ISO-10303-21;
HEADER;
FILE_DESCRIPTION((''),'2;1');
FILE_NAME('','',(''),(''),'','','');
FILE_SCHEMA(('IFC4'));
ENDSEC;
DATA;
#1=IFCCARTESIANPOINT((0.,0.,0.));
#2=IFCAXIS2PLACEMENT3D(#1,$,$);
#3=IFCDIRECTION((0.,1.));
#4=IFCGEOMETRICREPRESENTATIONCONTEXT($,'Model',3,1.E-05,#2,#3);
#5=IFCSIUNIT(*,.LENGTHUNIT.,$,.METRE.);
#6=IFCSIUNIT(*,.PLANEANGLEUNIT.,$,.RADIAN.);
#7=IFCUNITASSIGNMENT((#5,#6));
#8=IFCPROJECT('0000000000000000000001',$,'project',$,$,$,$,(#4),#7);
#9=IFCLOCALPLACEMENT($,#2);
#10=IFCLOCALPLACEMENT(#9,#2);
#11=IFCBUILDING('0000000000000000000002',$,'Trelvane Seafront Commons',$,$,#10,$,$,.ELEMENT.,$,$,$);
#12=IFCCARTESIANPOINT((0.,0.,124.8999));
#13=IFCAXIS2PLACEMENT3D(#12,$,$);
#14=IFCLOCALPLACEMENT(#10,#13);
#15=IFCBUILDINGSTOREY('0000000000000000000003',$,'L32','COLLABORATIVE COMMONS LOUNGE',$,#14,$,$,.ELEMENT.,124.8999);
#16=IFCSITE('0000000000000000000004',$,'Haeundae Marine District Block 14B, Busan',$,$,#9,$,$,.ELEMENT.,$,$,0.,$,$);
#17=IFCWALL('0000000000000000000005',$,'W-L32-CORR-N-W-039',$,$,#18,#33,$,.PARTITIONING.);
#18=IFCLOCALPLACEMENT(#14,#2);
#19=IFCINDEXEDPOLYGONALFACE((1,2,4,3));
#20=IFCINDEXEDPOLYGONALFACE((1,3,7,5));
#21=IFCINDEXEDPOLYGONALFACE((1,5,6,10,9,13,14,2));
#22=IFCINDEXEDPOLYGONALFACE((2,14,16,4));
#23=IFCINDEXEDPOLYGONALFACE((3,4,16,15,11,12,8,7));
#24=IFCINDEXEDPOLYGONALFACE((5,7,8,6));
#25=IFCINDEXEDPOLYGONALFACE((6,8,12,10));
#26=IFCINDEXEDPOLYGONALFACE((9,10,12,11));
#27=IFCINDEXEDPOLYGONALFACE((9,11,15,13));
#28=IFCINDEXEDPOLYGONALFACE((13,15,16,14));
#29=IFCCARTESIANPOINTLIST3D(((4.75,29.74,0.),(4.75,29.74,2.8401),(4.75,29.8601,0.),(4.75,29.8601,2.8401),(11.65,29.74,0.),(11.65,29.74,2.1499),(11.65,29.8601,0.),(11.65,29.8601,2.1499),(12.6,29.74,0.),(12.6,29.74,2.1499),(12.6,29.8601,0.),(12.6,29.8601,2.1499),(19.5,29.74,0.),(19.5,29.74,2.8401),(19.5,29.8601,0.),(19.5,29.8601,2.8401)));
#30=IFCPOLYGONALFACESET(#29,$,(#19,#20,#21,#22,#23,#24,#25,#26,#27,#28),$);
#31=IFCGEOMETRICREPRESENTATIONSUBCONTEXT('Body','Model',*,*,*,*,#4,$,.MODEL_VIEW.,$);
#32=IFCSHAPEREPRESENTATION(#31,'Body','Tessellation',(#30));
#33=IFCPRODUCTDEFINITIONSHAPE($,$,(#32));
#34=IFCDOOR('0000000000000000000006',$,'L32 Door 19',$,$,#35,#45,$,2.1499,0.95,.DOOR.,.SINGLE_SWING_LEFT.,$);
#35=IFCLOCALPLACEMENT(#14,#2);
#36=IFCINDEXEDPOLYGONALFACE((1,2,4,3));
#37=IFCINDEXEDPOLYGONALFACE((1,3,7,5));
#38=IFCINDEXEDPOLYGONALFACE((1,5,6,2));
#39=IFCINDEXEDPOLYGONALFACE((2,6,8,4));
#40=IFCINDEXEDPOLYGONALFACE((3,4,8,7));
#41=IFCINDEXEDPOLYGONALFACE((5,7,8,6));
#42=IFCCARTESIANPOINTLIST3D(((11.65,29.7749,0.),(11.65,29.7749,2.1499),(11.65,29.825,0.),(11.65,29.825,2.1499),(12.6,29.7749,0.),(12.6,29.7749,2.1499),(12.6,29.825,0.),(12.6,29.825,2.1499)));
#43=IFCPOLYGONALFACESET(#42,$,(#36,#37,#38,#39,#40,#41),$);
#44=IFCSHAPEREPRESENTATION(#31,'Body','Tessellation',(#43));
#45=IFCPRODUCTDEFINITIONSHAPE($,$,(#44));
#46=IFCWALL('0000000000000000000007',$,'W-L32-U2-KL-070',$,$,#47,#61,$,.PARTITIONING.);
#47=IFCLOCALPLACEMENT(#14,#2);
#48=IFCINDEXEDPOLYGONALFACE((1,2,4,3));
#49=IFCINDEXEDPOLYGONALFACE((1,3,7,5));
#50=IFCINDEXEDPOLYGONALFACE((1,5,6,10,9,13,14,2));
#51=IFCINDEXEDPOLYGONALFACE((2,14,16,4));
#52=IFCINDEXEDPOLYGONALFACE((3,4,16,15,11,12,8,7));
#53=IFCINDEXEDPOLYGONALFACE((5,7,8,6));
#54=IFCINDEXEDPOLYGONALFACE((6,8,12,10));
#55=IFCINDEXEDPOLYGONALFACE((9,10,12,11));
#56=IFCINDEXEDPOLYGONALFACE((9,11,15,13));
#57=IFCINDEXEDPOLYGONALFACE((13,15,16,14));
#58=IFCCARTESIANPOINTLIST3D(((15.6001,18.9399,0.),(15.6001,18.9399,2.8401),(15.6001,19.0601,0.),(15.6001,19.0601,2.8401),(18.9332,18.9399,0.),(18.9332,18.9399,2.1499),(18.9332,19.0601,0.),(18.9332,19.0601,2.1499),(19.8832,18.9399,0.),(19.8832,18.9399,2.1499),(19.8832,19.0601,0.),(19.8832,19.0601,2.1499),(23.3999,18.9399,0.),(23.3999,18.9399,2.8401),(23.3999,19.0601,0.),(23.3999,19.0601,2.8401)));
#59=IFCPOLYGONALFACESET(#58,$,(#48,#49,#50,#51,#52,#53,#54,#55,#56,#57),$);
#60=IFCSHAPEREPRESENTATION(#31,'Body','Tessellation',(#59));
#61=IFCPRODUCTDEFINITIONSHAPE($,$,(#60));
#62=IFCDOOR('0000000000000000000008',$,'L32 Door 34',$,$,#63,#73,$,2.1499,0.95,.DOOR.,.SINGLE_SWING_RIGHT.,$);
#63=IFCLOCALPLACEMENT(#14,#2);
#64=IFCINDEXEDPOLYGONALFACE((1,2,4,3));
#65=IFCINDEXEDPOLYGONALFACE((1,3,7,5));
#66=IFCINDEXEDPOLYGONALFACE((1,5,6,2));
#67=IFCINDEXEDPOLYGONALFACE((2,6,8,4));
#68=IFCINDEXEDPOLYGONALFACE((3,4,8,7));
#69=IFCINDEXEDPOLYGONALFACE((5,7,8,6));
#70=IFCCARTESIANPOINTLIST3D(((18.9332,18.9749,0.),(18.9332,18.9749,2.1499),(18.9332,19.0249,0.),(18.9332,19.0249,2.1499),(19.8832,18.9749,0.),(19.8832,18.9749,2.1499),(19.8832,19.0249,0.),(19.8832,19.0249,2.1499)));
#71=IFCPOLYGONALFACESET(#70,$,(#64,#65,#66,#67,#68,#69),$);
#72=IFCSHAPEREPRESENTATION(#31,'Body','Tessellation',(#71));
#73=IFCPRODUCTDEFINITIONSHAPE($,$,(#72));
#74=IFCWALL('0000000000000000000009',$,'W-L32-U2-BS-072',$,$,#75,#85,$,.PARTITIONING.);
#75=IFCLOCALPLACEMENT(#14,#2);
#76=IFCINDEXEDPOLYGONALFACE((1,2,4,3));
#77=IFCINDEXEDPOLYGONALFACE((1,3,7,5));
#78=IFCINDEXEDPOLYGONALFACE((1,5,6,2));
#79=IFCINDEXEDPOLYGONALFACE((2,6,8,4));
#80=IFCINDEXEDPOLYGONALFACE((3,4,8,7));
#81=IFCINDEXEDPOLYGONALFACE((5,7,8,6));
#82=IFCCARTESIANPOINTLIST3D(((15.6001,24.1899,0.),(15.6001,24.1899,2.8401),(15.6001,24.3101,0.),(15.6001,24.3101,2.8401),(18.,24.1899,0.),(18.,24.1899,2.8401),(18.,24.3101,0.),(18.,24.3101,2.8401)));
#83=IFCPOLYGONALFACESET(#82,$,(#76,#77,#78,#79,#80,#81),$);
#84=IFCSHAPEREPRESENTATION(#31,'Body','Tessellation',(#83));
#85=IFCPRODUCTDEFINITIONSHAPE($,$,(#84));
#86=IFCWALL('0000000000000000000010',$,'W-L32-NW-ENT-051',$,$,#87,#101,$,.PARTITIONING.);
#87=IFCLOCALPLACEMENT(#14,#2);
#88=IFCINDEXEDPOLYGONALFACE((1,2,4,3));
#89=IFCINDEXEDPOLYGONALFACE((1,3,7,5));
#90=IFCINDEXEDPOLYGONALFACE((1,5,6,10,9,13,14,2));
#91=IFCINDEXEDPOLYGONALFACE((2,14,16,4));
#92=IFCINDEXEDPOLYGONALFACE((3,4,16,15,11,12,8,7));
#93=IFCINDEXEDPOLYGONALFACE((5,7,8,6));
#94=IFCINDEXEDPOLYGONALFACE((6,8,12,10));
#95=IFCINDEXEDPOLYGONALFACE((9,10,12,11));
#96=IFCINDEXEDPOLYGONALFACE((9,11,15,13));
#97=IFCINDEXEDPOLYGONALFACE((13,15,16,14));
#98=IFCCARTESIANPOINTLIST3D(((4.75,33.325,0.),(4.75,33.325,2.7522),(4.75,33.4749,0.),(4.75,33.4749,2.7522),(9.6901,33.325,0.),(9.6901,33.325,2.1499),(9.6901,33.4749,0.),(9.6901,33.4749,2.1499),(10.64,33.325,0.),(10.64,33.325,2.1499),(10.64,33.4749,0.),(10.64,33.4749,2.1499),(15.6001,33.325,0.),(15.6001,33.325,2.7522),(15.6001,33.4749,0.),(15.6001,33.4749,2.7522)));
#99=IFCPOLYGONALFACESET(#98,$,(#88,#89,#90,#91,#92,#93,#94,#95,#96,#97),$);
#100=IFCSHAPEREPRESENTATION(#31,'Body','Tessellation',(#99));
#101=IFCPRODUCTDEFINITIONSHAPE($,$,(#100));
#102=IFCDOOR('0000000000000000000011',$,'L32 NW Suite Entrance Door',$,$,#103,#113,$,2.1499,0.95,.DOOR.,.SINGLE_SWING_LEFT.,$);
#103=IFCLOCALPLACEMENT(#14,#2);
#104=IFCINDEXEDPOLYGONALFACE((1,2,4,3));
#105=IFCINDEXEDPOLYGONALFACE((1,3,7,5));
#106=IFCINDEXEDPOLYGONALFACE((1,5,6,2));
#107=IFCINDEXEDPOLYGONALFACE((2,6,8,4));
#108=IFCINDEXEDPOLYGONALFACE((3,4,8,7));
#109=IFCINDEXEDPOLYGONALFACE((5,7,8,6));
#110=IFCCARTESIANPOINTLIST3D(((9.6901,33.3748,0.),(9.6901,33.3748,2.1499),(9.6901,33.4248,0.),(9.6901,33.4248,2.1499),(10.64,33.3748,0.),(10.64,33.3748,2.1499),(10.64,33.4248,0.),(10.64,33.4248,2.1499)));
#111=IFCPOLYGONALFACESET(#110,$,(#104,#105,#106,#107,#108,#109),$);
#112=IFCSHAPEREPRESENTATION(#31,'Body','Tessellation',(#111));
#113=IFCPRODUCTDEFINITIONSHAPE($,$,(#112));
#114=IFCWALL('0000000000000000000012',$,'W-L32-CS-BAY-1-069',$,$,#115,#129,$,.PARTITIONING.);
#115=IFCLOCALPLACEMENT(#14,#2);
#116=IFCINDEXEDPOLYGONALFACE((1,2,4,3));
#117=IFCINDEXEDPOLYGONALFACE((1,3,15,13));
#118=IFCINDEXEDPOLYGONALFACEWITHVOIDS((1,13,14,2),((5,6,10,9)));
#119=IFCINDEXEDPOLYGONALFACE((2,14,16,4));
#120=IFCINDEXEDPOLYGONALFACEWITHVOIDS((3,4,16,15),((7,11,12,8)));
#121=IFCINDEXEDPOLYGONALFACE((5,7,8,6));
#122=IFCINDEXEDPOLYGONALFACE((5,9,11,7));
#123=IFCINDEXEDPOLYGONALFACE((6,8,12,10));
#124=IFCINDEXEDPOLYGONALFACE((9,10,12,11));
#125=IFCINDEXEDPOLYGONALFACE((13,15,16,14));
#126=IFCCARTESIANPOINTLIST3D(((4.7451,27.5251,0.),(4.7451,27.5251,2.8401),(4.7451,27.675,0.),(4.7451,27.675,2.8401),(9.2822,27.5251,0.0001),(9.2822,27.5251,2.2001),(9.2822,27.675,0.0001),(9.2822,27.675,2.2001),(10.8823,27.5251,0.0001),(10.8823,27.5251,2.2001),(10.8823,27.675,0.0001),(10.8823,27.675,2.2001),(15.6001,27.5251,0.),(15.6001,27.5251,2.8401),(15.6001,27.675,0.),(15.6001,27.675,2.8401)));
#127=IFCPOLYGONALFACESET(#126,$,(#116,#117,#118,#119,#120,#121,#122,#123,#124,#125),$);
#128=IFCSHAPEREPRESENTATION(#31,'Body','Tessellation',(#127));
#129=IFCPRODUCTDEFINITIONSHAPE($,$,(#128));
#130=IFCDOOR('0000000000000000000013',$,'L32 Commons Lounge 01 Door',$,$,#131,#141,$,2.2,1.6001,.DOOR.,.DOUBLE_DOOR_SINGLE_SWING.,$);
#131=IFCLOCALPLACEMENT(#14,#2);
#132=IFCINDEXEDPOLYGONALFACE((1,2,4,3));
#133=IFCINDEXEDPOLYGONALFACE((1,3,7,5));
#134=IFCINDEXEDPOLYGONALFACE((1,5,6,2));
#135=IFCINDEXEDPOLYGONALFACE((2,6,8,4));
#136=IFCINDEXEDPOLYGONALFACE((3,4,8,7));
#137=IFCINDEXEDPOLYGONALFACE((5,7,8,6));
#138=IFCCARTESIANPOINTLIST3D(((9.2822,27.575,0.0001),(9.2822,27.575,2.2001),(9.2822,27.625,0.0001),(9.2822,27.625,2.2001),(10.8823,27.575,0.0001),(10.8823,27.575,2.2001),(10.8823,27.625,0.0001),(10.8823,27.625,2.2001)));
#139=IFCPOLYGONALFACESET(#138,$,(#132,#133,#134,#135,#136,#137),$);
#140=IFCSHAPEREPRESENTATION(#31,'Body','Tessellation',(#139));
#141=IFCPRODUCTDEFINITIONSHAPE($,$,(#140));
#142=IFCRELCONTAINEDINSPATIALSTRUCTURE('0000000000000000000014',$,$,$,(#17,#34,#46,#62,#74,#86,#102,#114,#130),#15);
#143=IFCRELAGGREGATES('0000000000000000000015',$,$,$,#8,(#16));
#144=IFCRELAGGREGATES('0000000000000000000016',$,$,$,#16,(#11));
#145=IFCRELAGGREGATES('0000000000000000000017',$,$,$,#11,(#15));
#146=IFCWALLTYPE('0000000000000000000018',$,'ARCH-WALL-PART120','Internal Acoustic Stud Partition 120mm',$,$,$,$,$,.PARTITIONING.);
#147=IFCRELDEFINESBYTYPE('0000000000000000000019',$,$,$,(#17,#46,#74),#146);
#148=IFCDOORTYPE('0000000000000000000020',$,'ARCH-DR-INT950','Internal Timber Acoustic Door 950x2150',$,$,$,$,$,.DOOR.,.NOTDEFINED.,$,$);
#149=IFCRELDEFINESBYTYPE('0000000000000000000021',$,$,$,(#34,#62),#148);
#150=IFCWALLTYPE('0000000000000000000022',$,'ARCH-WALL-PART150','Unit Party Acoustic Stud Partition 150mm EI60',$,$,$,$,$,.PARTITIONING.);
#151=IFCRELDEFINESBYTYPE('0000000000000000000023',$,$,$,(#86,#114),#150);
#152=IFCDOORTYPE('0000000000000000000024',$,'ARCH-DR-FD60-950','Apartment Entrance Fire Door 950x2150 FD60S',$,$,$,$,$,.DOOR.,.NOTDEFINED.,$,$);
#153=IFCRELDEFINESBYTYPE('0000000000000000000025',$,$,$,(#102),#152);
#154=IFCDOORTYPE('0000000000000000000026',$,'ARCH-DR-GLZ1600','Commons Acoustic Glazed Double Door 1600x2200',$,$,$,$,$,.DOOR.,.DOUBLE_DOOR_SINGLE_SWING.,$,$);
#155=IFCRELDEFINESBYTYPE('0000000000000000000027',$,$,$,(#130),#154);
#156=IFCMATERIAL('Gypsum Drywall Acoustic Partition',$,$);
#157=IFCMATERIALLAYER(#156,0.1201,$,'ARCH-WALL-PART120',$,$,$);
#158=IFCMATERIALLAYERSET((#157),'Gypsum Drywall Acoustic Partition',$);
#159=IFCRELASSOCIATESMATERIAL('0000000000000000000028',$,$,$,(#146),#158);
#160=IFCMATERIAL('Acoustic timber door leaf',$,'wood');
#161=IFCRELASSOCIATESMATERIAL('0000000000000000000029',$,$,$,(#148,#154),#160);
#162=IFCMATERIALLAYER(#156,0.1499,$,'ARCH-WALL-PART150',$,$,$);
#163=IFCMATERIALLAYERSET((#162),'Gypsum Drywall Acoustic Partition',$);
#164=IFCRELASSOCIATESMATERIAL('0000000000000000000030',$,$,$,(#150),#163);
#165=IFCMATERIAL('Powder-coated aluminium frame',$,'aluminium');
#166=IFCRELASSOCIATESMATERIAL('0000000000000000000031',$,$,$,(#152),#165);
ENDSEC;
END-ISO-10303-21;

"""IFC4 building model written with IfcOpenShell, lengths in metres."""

from ifc_helpers import new_model, si_unit, direction, frame, frame_2d, origin, place, context, subcontext, project, spatial, rectangle, extrude, source, transform, mapped, material, layer, layer_set, type_object, element, fill, save


model = new_model("IFC4")

# Units and contexts
model_context = context("Model", 3, precision=1e-05, world=origin(), true_north=direction((0.0, 1.0)))
body_context = subcontext(model_context, "Body", "Model", "MODEL_VIEW")
ifc_project = project(units=[si_unit("LENGTHUNIT", "METRE"), si_unit("PLANEANGLEUNIT", "RADIAN")], contexts=[model_context])

# Site, building, storey
site_placement = place(None, origin())
site = spatial("IfcSite", under=ifc_project, at=site_placement, Name="Haeundae Marine District Block 14B, Busan", CompositionType="ELEMENT", RefElevation=0.0)
building_placement = place(site_placement, origin())
building = spatial("IfcBuilding", under=site, at=building_placement, Name="Trelvane Seafront Commons", CompositionType="ELEMENT")
storey_placement = place(building_placement, frame((0.0, 0.0, 124.8999)))
storey = spatial("IfcBuildingStorey", under=building, at=storey_placement, Name="L32", Description="COLLABORATIVE COMMONS LOUNGE", CompositionType="ELEMENT", Elevation=124.8999)

# Walls, openings, doors
ifc_material_1 = material(Name="Gypsum Drywall Acoustic Partition")
ifc_layer_1 = layer(ifc_material_1, 0.1201, Name="ARCH-WALL-PART120")
ifc_layer_set_1 = layer_set([ifc_layer_1], Name="Gypsum Drywall Acoustic Partition")
wall_type_1 = type_object("IfcWallType", Name="ARCH-WALL-PART120", Description="Internal Acoustic Stud Partition 120mm", PredefinedType="PARTITIONING", material=ifc_layer_set_1)
wall_1_placement = place(storey_placement, frame((4.75, 29.8, 0.0), z_axis=(0.0, 0.0, 1.0), x_axis=(1.0, 0.0, 0.0)))
wall_1 = element("IfcWall", 1, at=wall_1_placement, inside=storey, type_object=wall_type_1, Name="W-L32-CORR-N-W-039", PredefinedType="PARTITIONING", context=body_context, shape_type="SweptSolid", body=[
    extrude(rectangle(XDim=14.75, YDim=0.1201, at=frame_2d((7.375, 0.0))), origin(), (0.0, 0.0, 1.0), 2.8401),
])
opening_1_placement = place(wall_1_placement, frame((6.8999, 0.0, 0.0)))
opening_1 = element("IfcOpeningElement", 2, at=opening_1_placement, cuts=wall_1, PredefinedType="OPENING", context=body_context, shape_type="SweptSolid", body=[
    extrude(rectangle(XDim=0.95, YDim=2.1499, at=frame_2d((0.4751, 1.075))), frame((0.0, 0.0701, 0.0), z_axis=(0.0, -1.0, 0.0), x_axis=(1.0, 0.0, 0.0)), (0.0, 0.0, 1.0), 0.1401),
])
ifc_material_2 = material(Name="Acoustic timber door leaf", Category="wood")
door_type_1 = type_object("IfcDoorType", Name="ARCH-DR-INT950", Description="Internal Timber Acoustic Door 950x2150", OperationType="NOTDEFINED", PredefinedType="DOOR", material=ifc_material_2)
shared_shape_1 = source(origin(), body_context, "Body", "SweptSolid", [
    extrude(rectangle(XDim=0.95, YDim=2.1499, at=frame_2d((0.4751, 1.075))), frame((0.0, 0.0249, 0.0), z_axis=(0.0, -1.0, 0.0), x_axis=(1.0, 0.0, 0.0)), (0.0, 0.0, 1.0), 0.05),
])
door_1_placement = place(opening_1_placement, origin())
door_1 = element("IfcDoor", 3, at=door_1_placement, inside=storey, type_object=door_type_1, Name="L32 Door 19", OperationType="SINGLE_SWING_LEFT", OverallHeight=2.1499, OverallWidth=0.95, PredefinedType="DOOR", context=body_context, shape_type="MappedRepresentation", body=[
    mapped(shared_shape_1, transform((0.0, 0.0, 0.0), x_axis=(1.0, 0.0, 0.0), y_axis=(0.0, 1.0, 0.0), z_axis=(0.0, 0.0, 1.0), scale=1.0)),
])
fill(opening_1, door_1)
wall_2_placement = place(storey_placement, frame((15.6001, 19.0, 0.0), z_axis=(0.0, 0.0, 1.0), x_axis=(1.0, 0.0, 0.0)))
wall_2 = element("IfcWall", 4, at=wall_2_placement, inside=storey, type_object=wall_type_1, Name="W-L32-U2-KL-070", PredefinedType="PARTITIONING", context=body_context, shape_type="SweptSolid", body=[
    extrude(rectangle(XDim=7.7998, YDim=0.1201, at=frame_2d((3.8999, 0.0))), origin(), (0.0, 0.0, 1.0), 2.8401),
])
opening_2_placement = place(wall_2_placement, frame((3.333, 0.0, 0.0)))
opening_2 = element("IfcOpeningElement", 5, at=opening_2_placement, cuts=wall_2, PredefinedType="OPENING", context=body_context, shape_type="SweptSolid", body=[
    extrude(rectangle(XDim=0.95, YDim=2.1499, at=frame_2d((0.4751, 1.075))), frame((0.0, 0.0701, 0.0), z_axis=(0.0, -1.0, 0.0), x_axis=(1.0, 0.0, 0.0)), (0.0, 0.0, 1.0), 0.1401),
])
door_2_placement = place(opening_2_placement, origin())
door_2 = element("IfcDoor", 6, at=door_2_placement, inside=storey, type_object=door_type_1, Name="L32 Door 34", OperationType="SINGLE_SWING_RIGHT", OverallHeight=2.1499, OverallWidth=0.95, PredefinedType="DOOR", context=body_context, shape_type="MappedRepresentation", body=[
    mapped(shared_shape_1, transform((0.0, 0.0, 0.0), x_axis=(1.0, 0.0, 0.0), y_axis=(0.0, 1.0, 0.0), z_axis=(0.0, 0.0, 1.0), scale=1.0)),
])
fill(opening_2, door_2)

# Wall
wall_3_placement = place(storey_placement, frame((15.6001, 24.25, 0.0), z_axis=(0.0, 0.0, 1.0), x_axis=(1.0, 0.0, 0.0)))
element("IfcWall", 7, at=wall_3_placement, inside=storey, type_object=wall_type_1, Name="W-L32-U2-BS-072", PredefinedType="PARTITIONING", context=body_context, shape_type="SweptSolid", body=[
    extrude(rectangle(XDim=2.3999, YDim=0.1201, at=frame_2d((1.2, 0.0))), origin(), (0.0, 0.0, 1.0), 2.8401),
])

# Walls, openings, doors
ifc_layer_2 = layer(ifc_material_1, 0.1499, Name="ARCH-WALL-PART150")
ifc_layer_set_2 = layer_set([ifc_layer_2], Name="Gypsum Drywall Acoustic Partition")
wall_type_2 = type_object("IfcWallType", Name="ARCH-WALL-PART150", Description="Unit Party Acoustic Stud Partition 150mm EI60", PredefinedType="PARTITIONING", material=ifc_layer_set_2)
wall_4_placement = place(storey_placement, frame((4.75, 33.3999, 0.0), z_axis=(0.0, 0.0, 1.0), x_axis=(1.0, 0.0, 0.0)))
wall_4 = element("IfcWall", 8, at=wall_4_placement, inside=storey, type_object=wall_type_2, Name="W-L32-NW-ENT-051", PredefinedType="PARTITIONING", context=body_context, shape_type="SweptSolid", body=[
    extrude(rectangle(XDim=10.8501, YDim=0.1499, at=frame_2d((5.425, 0.0))), origin(), (0.0, 0.0, 1.0), 2.7522),
])
opening_3_placement = place(wall_4_placement, frame((4.9399, 0.0, 0.0)))
opening_3 = element("IfcOpeningElement", 9, at=opening_3_placement, cuts=wall_4, PredefinedType="OPENING", context=body_context, shape_type="SweptSolid", body=[
    extrude(rectangle(XDim=0.95, YDim=2.1499, at=frame_2d((0.4751, 1.075))), frame((0.0, 0.085, 0.0), z_axis=(0.0, -1.0, 0.0), x_axis=(1.0, 0.0, 0.0)), (0.0, 0.0, 1.0), 0.1699),
])
ifc_material_3 = material(Name="Powder-coated aluminium frame", Category="aluminium")
door_type_2 = type_object("IfcDoorType", Name="ARCH-DR-FD60-950", Description="Apartment Entrance Fire Door 950x2150 FD60S", OperationType="NOTDEFINED", PredefinedType="DOOR", material=ifc_material_3)
door_3_placement = place(opening_3_placement, origin())
door_3 = element("IfcDoor", 10, at=door_3_placement, inside=storey, type_object=door_type_2, Name="L32 NW Suite Entrance Door", OperationType="SINGLE_SWING_LEFT", OverallHeight=2.1499, OverallWidth=0.95, PredefinedType="DOOR", context=body_context, shape_type="MappedRepresentation", body=[
    mapped(shared_shape_1, transform((0.0, 0.0, 0.0), x_axis=(1.0, 0.0, 0.0), y_axis=(0.0, 1.0, 0.0), z_axis=(0.0, 0.0, 1.0), scale=1.0)),
])
fill(opening_3, door_3)
wall_5_placement = place(storey_placement, frame((4.7451, 27.6001, 0.0), z_axis=(0.0, 0.0, 1.0), x_axis=(1.0, 0.0, 0.0)))
wall_5 = element("IfcWall", 11, at=wall_5_placement, inside=storey, type_object=wall_type_2, Name="W-L32-CS-BAY-1-069", PredefinedType="PARTITIONING", context=body_context, shape_type="SweptSolid", body=[
    extrude(rectangle(XDim=10.855, YDim=0.1499, at=frame_2d((5.4275, 0.0))), origin(), (0.0, 0.0, 1.0), 2.8401),
])
opening_4_placement = place(wall_5_placement, frame((4.5371, 0.0, 0.0)))
opening_4 = element("IfcOpeningElement", 12, at=opening_4_placement, cuts=wall_5, PredefinedType="OPENING", context=body_context, shape_type="SweptSolid", body=[
    extrude(rectangle(XDim=1.6001, YDim=2.2, at=frame_2d((0.8, 1.1001))), frame((0.0, 0.085, 0.0), z_axis=(0.0, -1.0, 0.0), x_axis=(1.0, 0.0, 0.0)), (0.0, 0.0, 1.0), 0.1699),
])
door_type_3 = type_object("IfcDoorType", Name="ARCH-DR-GLZ1600", Description="Commons Acoustic Glazed Double Door 1600x2200", OperationType="DOUBLE_DOOR_SINGLE_SWING", PredefinedType="DOOR", material=ifc_material_2)
shared_shape_2 = source(origin(), body_context, "Body", "SweptSolid", [
    extrude(rectangle(XDim=1.6001, YDim=2.2, at=frame_2d((0.8, 1.1001))), frame((0.0, 0.0249, 0.0), z_axis=(0.0, -1.0, 0.0), x_axis=(1.0, 0.0, 0.0)), (0.0, 0.0, 1.0), 0.05),
])
door_4_placement = place(opening_4_placement, origin())
door_4 = element("IfcDoor", 13, at=door_4_placement, inside=storey, type_object=door_type_3, Name="L32 Commons Lounge 01 Door", OperationType="DOUBLE_DOOR_SINGLE_SWING", OverallHeight=2.2, OverallWidth=1.6001, PredefinedType="DOOR", context=body_context, shape_type="MappedRepresentation", body=[
    mapped(shared_shape_2, transform((0.0, 0.0, 0.0), x_axis=(1.0, 0.0, 0.0), y_axis=(0.0, 1.0, 0.0), z_axis=(0.0, 0.0, 1.0), scale=1.0)),
])
fill(opening_4, door_4)

save(model, "model.ifc")
